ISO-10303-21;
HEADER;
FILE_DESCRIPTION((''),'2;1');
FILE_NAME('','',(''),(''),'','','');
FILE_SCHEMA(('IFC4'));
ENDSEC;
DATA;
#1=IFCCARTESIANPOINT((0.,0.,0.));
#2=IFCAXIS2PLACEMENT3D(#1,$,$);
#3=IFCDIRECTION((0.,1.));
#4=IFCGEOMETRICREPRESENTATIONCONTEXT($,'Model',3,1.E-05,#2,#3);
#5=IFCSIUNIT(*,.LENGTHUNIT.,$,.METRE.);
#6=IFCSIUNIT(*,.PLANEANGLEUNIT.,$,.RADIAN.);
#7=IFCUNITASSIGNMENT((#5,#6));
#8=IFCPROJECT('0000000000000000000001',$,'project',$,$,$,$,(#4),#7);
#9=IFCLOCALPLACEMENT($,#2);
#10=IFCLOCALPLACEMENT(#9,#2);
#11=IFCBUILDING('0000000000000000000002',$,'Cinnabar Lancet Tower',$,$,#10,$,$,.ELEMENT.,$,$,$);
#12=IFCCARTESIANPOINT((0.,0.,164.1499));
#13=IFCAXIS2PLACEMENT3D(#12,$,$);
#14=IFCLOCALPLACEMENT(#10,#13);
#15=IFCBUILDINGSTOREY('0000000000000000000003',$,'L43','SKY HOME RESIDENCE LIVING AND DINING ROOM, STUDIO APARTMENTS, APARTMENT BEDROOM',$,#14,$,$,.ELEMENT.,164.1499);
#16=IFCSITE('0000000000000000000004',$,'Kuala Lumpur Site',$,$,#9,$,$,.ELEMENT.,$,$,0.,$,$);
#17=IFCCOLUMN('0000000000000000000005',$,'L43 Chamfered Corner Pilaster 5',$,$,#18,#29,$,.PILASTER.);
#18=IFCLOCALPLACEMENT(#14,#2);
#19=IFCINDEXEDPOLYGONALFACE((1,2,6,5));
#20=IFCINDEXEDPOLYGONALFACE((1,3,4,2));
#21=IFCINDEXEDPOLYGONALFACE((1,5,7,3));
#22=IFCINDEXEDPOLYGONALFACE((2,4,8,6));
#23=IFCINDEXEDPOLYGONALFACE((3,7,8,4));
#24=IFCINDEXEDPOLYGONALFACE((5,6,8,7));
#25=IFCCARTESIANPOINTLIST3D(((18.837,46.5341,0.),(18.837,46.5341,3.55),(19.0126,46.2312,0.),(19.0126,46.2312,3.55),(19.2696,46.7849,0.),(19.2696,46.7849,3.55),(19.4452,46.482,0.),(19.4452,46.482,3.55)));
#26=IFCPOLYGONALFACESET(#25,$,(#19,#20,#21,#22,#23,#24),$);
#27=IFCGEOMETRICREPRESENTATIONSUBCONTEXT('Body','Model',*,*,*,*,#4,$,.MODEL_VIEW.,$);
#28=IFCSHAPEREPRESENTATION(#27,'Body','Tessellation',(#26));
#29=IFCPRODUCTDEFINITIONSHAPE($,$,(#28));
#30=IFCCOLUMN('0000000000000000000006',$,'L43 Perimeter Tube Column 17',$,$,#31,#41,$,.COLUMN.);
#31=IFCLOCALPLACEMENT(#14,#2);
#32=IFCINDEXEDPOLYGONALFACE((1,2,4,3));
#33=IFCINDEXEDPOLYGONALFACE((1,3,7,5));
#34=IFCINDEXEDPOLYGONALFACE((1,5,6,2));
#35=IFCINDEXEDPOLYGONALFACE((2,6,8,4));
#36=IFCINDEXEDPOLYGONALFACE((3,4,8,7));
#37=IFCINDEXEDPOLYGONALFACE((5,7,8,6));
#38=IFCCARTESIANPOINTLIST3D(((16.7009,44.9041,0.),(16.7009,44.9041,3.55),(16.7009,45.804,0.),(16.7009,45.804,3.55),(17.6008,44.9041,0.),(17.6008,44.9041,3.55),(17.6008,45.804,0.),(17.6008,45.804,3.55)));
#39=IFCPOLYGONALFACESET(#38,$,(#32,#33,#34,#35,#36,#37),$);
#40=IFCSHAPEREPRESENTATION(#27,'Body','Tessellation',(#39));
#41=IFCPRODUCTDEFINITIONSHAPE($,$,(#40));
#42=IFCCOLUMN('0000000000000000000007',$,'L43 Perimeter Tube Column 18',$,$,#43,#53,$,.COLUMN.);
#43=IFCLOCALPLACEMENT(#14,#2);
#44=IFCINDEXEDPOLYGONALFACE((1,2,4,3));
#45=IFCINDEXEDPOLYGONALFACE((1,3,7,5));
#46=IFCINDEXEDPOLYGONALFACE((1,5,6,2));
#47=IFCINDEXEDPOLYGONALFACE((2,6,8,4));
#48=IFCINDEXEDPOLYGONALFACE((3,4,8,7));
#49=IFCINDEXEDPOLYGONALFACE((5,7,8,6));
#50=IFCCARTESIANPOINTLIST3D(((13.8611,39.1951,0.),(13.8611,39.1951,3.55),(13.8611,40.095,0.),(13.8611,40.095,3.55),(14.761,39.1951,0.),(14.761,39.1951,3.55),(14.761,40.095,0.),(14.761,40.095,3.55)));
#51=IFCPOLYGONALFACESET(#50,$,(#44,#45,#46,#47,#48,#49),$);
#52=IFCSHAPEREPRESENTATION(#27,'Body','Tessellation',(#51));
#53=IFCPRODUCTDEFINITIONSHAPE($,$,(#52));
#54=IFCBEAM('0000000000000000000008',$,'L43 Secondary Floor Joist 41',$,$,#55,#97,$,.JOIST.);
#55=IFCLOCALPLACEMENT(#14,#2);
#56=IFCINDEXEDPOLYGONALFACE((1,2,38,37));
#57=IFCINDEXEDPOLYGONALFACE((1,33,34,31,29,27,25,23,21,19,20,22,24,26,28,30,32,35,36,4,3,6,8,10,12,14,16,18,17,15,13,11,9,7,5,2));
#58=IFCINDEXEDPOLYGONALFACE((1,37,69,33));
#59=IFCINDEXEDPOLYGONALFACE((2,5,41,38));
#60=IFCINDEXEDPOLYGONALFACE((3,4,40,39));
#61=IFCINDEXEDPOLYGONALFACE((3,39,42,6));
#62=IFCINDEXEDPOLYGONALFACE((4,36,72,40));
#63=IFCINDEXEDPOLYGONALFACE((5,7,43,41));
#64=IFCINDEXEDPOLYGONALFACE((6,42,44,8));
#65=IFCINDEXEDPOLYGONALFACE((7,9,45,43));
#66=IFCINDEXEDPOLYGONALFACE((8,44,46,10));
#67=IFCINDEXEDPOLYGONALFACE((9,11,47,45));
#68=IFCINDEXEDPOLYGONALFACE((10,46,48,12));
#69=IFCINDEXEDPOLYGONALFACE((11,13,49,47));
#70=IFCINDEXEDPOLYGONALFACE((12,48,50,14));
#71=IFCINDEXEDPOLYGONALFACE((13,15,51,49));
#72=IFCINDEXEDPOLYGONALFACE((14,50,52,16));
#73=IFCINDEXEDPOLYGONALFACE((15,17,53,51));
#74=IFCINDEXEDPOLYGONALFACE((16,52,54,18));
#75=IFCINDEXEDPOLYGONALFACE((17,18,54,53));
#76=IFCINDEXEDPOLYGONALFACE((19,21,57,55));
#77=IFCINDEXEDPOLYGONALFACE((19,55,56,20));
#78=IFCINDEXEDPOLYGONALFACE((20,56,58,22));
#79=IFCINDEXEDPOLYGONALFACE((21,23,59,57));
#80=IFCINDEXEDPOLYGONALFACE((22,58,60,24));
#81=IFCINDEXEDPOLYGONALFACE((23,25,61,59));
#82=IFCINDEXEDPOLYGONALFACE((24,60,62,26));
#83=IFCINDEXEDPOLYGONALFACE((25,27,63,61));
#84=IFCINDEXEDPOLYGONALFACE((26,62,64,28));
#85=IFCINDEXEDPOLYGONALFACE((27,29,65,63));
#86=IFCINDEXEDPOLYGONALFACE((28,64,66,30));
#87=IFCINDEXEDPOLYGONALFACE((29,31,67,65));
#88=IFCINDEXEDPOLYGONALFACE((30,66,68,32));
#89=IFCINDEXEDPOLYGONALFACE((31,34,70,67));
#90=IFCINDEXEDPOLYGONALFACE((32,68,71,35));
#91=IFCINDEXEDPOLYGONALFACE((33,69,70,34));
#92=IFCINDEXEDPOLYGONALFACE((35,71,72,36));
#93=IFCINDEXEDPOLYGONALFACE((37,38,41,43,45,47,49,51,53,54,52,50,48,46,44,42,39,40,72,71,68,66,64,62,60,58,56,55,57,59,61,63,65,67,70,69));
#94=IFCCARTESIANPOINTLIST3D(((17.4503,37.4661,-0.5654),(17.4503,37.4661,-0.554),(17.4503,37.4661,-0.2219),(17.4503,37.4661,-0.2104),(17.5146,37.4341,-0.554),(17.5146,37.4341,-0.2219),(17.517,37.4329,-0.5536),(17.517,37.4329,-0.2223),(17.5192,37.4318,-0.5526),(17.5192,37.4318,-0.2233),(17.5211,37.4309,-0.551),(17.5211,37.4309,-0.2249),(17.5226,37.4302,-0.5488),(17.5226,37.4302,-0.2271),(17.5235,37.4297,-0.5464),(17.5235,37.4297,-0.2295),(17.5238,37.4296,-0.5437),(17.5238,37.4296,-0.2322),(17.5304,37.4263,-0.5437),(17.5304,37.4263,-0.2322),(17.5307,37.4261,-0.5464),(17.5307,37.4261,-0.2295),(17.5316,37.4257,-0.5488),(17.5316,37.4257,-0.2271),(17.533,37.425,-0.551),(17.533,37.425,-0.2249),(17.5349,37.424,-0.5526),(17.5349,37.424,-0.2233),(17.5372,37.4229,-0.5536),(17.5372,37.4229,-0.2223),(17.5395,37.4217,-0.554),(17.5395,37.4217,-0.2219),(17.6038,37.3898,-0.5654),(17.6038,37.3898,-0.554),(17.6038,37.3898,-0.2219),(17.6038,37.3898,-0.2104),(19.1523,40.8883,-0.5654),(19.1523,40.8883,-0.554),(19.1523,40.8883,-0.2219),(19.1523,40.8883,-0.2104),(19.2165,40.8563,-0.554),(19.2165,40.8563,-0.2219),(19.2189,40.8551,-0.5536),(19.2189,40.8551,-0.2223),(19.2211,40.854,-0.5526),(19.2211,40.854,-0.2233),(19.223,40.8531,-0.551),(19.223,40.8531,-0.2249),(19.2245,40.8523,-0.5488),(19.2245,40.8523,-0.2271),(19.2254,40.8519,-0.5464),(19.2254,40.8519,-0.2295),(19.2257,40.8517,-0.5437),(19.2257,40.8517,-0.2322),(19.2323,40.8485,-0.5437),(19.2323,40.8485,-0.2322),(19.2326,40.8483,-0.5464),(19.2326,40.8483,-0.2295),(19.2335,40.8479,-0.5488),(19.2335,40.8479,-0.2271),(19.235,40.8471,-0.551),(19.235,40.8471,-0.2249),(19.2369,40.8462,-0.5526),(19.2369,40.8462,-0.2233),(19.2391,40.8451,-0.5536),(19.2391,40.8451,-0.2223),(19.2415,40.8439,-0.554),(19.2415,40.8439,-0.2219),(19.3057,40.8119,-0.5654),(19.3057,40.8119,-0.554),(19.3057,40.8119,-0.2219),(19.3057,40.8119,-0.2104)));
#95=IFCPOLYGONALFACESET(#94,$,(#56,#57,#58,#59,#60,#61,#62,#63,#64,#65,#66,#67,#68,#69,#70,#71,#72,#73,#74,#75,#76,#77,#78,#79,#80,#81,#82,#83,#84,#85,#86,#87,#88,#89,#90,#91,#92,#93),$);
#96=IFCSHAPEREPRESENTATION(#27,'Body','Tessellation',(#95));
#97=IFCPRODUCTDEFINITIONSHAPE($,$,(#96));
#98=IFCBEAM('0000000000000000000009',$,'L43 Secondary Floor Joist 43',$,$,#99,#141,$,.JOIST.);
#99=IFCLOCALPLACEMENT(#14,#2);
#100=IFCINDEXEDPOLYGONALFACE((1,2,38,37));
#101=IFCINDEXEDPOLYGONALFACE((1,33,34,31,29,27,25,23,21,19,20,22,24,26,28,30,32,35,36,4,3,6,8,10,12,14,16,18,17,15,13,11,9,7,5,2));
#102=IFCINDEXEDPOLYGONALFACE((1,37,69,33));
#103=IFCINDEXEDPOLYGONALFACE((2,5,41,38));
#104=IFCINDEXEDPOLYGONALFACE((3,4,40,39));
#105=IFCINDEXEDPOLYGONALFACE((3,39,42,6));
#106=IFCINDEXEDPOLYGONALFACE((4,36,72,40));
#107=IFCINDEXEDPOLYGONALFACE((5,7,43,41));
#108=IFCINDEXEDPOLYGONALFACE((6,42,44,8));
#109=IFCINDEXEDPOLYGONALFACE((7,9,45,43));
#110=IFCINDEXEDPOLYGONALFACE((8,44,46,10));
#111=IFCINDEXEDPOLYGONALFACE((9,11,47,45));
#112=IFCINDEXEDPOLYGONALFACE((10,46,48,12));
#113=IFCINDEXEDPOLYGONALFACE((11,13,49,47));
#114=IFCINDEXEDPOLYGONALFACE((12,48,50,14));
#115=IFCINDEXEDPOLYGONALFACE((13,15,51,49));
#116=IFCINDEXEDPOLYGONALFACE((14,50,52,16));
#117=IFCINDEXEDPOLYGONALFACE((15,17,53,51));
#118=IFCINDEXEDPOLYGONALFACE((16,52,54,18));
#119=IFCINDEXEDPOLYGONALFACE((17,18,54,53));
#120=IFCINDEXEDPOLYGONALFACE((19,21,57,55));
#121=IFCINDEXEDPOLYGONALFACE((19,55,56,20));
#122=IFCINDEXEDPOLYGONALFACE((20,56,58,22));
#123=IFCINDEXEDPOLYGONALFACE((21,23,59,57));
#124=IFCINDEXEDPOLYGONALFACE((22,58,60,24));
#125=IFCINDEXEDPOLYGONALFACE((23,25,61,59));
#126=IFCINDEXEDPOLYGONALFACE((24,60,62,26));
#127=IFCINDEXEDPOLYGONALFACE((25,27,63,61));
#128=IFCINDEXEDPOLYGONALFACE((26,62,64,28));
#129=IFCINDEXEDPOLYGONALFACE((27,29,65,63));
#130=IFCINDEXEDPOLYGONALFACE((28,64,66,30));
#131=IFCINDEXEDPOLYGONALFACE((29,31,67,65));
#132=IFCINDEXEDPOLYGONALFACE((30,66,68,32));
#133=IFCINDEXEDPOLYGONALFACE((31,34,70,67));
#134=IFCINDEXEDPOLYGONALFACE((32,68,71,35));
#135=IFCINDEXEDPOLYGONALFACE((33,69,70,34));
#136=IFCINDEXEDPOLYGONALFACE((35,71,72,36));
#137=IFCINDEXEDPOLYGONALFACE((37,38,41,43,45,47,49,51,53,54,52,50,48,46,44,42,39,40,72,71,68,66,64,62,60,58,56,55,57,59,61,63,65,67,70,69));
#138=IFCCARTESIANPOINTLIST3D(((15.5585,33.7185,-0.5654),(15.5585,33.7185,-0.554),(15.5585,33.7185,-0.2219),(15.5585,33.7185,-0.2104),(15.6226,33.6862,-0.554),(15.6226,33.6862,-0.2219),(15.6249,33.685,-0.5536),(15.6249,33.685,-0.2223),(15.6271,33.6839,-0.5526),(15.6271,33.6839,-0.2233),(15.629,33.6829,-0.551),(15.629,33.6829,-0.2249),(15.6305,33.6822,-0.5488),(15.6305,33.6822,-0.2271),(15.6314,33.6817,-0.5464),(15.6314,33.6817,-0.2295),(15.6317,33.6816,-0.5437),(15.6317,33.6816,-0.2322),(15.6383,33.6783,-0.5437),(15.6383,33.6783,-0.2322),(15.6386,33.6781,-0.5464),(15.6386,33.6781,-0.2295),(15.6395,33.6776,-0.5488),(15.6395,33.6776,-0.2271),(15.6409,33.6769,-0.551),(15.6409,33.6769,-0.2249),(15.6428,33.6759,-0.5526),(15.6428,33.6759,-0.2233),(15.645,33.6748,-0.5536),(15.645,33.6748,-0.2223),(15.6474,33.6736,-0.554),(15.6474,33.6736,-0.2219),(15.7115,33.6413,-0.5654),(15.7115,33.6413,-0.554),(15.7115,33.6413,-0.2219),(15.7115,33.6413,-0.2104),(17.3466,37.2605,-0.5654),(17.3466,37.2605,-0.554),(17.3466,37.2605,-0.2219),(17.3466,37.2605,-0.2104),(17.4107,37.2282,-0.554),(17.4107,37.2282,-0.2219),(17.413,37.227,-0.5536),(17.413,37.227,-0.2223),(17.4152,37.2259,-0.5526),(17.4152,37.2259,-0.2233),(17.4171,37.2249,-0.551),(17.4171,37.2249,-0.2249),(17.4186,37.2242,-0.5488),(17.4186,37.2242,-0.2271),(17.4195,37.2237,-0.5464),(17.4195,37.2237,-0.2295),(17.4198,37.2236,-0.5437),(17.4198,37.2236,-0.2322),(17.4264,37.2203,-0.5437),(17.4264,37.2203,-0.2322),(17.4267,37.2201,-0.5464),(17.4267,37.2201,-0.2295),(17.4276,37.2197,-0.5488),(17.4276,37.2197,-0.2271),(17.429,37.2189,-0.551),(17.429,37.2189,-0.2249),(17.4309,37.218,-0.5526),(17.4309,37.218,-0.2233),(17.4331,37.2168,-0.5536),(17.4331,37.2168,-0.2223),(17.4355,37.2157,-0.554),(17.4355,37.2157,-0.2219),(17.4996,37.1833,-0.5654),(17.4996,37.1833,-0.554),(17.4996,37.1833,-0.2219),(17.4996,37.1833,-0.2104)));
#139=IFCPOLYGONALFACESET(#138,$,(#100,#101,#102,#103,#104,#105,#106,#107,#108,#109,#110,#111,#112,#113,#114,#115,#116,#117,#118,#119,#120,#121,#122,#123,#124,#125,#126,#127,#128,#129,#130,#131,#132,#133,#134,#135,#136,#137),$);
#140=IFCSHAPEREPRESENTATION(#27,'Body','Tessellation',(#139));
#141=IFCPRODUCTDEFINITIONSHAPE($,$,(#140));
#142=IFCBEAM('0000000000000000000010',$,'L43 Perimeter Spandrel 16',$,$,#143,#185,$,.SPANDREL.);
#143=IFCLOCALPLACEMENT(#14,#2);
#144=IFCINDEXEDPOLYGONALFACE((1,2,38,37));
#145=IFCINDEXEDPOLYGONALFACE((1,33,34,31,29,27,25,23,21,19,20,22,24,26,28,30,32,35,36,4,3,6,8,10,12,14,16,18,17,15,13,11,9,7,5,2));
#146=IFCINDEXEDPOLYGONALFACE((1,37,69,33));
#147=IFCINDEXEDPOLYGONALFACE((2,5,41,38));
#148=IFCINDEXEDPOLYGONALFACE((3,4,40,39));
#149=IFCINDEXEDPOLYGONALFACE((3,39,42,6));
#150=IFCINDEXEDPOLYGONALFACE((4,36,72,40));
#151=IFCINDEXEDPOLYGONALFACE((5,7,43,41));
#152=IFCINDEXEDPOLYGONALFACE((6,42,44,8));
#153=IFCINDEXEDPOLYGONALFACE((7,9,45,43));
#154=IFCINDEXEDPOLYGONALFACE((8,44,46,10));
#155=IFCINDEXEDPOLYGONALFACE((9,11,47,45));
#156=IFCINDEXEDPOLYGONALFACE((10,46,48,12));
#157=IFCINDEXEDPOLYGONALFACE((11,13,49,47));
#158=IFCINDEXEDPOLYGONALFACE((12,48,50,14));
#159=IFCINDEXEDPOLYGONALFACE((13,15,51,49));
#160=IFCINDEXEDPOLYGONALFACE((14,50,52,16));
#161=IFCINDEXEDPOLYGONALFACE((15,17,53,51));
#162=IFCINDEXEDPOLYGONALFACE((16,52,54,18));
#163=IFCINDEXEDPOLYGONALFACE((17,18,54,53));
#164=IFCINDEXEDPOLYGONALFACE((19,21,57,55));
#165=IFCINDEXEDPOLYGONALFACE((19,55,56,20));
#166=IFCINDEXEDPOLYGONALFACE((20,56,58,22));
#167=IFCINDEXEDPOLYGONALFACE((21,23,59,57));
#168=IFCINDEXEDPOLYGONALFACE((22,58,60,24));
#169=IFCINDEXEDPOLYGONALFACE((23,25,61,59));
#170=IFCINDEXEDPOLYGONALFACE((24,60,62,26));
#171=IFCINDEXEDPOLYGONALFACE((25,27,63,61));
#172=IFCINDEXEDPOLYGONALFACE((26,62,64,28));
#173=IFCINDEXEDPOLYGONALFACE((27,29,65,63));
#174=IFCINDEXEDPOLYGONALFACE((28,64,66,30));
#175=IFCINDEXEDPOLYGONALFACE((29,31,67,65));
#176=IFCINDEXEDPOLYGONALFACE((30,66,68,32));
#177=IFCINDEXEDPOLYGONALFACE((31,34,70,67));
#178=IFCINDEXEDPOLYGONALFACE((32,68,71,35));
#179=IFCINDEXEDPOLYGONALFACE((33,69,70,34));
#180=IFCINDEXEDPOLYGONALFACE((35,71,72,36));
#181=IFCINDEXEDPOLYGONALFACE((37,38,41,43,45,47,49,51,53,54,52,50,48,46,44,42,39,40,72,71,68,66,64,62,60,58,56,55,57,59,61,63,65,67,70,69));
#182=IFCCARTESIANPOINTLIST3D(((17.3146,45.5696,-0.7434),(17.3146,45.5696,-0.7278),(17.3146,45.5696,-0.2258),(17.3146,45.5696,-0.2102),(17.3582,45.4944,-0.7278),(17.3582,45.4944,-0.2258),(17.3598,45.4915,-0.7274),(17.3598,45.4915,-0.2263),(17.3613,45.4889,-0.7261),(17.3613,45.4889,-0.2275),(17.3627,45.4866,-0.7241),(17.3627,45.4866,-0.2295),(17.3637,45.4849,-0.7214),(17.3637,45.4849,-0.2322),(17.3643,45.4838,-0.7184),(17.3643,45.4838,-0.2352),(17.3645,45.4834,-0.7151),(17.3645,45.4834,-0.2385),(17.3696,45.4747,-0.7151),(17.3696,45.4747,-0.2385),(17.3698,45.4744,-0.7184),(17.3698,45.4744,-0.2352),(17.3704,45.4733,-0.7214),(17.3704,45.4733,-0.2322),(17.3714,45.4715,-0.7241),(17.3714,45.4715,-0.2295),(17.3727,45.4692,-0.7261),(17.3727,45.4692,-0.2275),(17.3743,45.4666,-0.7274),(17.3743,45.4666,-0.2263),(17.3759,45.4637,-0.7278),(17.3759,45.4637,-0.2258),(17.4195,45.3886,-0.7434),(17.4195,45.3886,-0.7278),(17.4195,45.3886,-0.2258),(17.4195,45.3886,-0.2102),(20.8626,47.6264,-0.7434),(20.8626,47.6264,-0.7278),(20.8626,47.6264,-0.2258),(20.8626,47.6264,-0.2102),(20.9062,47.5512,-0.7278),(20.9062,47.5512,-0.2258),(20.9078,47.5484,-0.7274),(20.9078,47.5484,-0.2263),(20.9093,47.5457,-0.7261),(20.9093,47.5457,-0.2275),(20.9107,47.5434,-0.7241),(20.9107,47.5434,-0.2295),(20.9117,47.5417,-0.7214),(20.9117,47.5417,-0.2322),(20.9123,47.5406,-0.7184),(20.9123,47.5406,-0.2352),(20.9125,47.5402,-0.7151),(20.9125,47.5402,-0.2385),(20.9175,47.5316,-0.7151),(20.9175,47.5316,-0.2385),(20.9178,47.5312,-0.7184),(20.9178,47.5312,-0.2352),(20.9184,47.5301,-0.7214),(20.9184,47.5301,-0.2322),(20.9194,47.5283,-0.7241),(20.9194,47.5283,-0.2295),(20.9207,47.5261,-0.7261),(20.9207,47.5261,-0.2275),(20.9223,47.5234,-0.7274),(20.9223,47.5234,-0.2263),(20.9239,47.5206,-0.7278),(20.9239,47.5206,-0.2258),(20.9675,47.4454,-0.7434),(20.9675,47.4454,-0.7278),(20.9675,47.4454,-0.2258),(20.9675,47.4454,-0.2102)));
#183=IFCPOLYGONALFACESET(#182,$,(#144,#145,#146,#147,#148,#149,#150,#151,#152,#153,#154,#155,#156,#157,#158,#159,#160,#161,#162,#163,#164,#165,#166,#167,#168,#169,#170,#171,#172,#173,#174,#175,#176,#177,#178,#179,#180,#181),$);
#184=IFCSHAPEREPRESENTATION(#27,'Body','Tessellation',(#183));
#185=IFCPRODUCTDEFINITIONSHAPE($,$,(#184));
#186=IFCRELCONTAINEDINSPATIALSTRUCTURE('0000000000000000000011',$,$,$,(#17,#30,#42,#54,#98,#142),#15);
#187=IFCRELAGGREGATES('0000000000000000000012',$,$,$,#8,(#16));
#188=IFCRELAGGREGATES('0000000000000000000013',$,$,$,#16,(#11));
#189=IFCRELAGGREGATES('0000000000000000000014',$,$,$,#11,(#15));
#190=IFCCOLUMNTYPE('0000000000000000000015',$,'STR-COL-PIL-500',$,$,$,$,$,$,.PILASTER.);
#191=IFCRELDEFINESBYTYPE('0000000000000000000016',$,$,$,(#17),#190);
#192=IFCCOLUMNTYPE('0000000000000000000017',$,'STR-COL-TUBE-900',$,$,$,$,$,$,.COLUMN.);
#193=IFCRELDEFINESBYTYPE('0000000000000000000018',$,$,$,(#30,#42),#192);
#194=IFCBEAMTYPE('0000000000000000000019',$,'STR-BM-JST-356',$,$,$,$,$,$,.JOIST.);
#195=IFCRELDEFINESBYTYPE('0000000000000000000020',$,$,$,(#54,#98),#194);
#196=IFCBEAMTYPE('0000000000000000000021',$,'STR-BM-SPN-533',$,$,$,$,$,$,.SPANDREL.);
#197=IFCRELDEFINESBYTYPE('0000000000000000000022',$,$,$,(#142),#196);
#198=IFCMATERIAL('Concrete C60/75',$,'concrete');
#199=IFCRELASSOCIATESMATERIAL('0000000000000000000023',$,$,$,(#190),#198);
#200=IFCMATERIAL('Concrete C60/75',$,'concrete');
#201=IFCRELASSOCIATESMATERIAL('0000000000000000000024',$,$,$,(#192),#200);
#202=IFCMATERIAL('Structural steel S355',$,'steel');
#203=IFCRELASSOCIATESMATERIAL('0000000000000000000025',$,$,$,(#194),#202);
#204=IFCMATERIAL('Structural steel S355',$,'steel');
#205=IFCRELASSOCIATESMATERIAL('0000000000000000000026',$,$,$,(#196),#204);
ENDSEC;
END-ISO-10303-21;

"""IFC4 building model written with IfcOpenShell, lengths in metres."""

from ifc_helpers import new_model, si_unit, direction, frame, origin, origin_2d, place, context, subcontext, project, spatial, rectangle, i_section, extrude, material, material_profile, profile_set, type_object, element, save


model = new_model("IFC4")

# Units and contexts
model_context = context("Model", 3, precision=1e-05, world=origin(), true_north=direction((0.0, 1.0)))
body_context = subcontext(model_context, "Body", "Model", "MODEL_VIEW")
ifc_project = project(units=[si_unit("LENGTHUNIT", "METRE"), si_unit("PLANEANGLEUNIT", "RADIAN")], contexts=[model_context])

# Site, building, storey
site_placement = place(None, origin())
site = spatial("IfcSite", under=ifc_project, at=site_placement, Name="Kuala Lumpur Site", CompositionType="ELEMENT", RefElevation=0.0)
building_placement = place(site_placement, origin())
building = spatial("IfcBuilding", under=site, at=building_placement, Name="Cinnabar Lancet Tower", CompositionType="ELEMENT")
storey_placement = place(building_placement, frame((0.0, 0.0, 164.1499)))
storey = spatial("IfcBuildingStorey", under=building, at=storey_placement, Name="L43", Description="SKY HOME RESIDENCE LIVING AND DINING ROOM, STUDIO APARTMENTS, APARTMENT BEDROOM", CompositionType="ELEMENT", Elevation=164.1499)

# Columns
ifc_material_1 = material(Name="Concrete C60/75", Category="concrete")
ifc_material_profile_1 = material_profile(ifc_material_1, rectangle(XDim=0.5, YDim=0.3501, at=origin_2d()), Name="RC-PIL 500x350")
ifc_profile_set_1 = profile_set([ifc_material_profile_1], Name="Concrete C60/75")
column_type_1 = type_object("IfcColumnType", Name="STR-COL-PIL-500", PredefinedType="PILASTER", material=ifc_profile_set_1)
column_placement = place(storey_placement, frame((19.1411, 46.5081, 0.0), z_axis=(0.0, 0.0, 1.0), x_axis=(-0.86516, -0.501496, 0.0)))
element("IfcColumn", 1, at=column_placement, inside=storey, type_object=column_type_1, Name="L43 Chamfered Corner Pilaster 5", PredefinedType="PILASTER", context=body_context, shape_type="SweptSolid", body=[
    extrude(rectangle(XDim=0.5, YDim=0.3501, at=origin_2d()), origin(), (0.0, 0.0, 1.0), 3.55),
])
ifc_material_2 = material(Name="Concrete C60/75", Category="concrete")
ifc_material_profile_2 = material_profile(ifc_material_2, rectangle(XDim=0.8999, YDim=0.8999, at=origin_2d()), Name="RC-COL 900x900")
ifc_profile_set_2 = profile_set([ifc_material_profile_2], Name="Concrete C60/75")
column_type_2 = type_object("IfcColumnType", Name="STR-COL-TUBE-900", PredefinedType="COLUMN", material=ifc_profile_set_2)
for number, where, z_axis, x_axis, name in (
    (2, (17.1509, 45.354, 0.0), (0.0, 0.0, 1.0), (1.0, 0.0, 0.0), "L43 Perimeter Tube Column 17"),
    (3, (14.311, 39.645, 0.0), (0.0, 0.0, 1.0), (1.0, 0.0, 0.0), "L43 Perimeter Tube Column 18"),
):
    element("IfcColumn", number, at=place(storey_placement, frame(where, z_axis=z_axis, x_axis=x_axis)), inside=storey, type_object=column_type_2, Name=name, PredefinedType="COLUMN", context=body_context, shape_type="SweptSolid", body=[
        extrude(rectangle(XDim=0.8999, YDim=0.8999, at=origin_2d()), origin(), (0.0, 0.0, 1.0), 3.55),
    ])

# Beams
ifc_material_3 = material(Name="Structural steel S355", Category="steel")
ifc_material_profile_3 = material_profile(ifc_material_3, i_section(OverallWidth=0.1714, OverallDepth=0.355, WebThickness=0.0073, FlangeThickness=0.0115, FilletRadius=0.0103, at=origin_2d()), Name="UKB 356x171x51")
ifc_profile_set_3 = profile_set([ifc_material_profile_3], Name="Structural steel S355")
beam_type_1 = type_object("IfcBeamType", Name="STR-BM-JST-356", PredefinedType="JOIST", material=ifc_profile_set_3)
beam_1_placement = place(storey_placement, frame((19.229, 40.8501, -0.3879), z_axis=(-0.445296, -0.895383, 0.0), x_axis=(0.895383, -0.445296, 0.0)))
element("IfcBeam", 4, at=beam_1_placement, inside=storey, type_object=beam_type_1, Name="L43 Secondary Floor Joist 41", PredefinedType="JOIST", context=body_context, shape_type="SweptSolid", body=[
    extrude(i_section(OverallWidth=0.1714, OverallDepth=0.355, WebThickness=0.0073, FlangeThickness=0.0115, FilletRadius=0.0103, at=origin_2d()), origin(), (0.0, 0.0, 1.0), 3.822),
])
beam_2_placement = place(storey_placement, frame((17.4231, 37.2219, -0.3879), z_axis=(-0.450656, -0.892698, 0.0), x_axis=(0.892698, -0.450656, 0.0)))
element("IfcBeam", 5, at=beam_2_placement, inside=storey, type_object=beam_type_1, Name="L43 Secondary Floor Joist 43", PredefinedType="JOIST", context=body_context, shape_type="SweptSolid", body=[
    extrude(i_section(OverallWidth=0.1714, OverallDepth=0.355, WebThickness=0.0073, FlangeThickness=0.0115, FilletRadius=0.0103, at=origin_2d()), origin(), (0.0, 0.0, 1.0), 3.9678),
])
ifc_material_4 = material(Name="Structural steel S355", Category="steel")
ifc_material_profile_4 = material_profile(ifc_material_4, i_section(OverallWidth=0.2092, OverallDepth=0.5332, WebThickness=0.01, FlangeThickness=0.0156, FilletRadius=0.0127, at=origin_2d()), Name="UKB 533x210x92")
ifc_profile_set_4 = profile_set([ifc_material_profile_4], Name="Structural steel S355")
beam_type_2 = type_object("IfcBeamType", Name="STR-BM-SPN-533", PredefinedType="SPANDREL", material=ifc_profile_set_4)
beam_3_placement = place(storey_placement, frame((20.915, 47.5359, -0.4768), z_axis=(-0.865138, -0.501534, 0.0), x_axis=(0.501534, -0.865138, 0.0)))
element("IfcBeam", 6, at=beam_3_placement, inside=storey, type_object=beam_type_2, Name="L43 Perimeter Spandrel 16", PredefinedType="SPANDREL", context=body_context, shape_type="SweptSolid", body=[
    extrude(i_section(OverallWidth=0.2092, OverallDepth=0.5332, WebThickness=0.01, FlangeThickness=0.0156, FilletRadius=0.0127, at=origin_2d()), origin(), (0.0, 0.0, 1.0), 4.1011),
])

save(model, "model.ifc")
